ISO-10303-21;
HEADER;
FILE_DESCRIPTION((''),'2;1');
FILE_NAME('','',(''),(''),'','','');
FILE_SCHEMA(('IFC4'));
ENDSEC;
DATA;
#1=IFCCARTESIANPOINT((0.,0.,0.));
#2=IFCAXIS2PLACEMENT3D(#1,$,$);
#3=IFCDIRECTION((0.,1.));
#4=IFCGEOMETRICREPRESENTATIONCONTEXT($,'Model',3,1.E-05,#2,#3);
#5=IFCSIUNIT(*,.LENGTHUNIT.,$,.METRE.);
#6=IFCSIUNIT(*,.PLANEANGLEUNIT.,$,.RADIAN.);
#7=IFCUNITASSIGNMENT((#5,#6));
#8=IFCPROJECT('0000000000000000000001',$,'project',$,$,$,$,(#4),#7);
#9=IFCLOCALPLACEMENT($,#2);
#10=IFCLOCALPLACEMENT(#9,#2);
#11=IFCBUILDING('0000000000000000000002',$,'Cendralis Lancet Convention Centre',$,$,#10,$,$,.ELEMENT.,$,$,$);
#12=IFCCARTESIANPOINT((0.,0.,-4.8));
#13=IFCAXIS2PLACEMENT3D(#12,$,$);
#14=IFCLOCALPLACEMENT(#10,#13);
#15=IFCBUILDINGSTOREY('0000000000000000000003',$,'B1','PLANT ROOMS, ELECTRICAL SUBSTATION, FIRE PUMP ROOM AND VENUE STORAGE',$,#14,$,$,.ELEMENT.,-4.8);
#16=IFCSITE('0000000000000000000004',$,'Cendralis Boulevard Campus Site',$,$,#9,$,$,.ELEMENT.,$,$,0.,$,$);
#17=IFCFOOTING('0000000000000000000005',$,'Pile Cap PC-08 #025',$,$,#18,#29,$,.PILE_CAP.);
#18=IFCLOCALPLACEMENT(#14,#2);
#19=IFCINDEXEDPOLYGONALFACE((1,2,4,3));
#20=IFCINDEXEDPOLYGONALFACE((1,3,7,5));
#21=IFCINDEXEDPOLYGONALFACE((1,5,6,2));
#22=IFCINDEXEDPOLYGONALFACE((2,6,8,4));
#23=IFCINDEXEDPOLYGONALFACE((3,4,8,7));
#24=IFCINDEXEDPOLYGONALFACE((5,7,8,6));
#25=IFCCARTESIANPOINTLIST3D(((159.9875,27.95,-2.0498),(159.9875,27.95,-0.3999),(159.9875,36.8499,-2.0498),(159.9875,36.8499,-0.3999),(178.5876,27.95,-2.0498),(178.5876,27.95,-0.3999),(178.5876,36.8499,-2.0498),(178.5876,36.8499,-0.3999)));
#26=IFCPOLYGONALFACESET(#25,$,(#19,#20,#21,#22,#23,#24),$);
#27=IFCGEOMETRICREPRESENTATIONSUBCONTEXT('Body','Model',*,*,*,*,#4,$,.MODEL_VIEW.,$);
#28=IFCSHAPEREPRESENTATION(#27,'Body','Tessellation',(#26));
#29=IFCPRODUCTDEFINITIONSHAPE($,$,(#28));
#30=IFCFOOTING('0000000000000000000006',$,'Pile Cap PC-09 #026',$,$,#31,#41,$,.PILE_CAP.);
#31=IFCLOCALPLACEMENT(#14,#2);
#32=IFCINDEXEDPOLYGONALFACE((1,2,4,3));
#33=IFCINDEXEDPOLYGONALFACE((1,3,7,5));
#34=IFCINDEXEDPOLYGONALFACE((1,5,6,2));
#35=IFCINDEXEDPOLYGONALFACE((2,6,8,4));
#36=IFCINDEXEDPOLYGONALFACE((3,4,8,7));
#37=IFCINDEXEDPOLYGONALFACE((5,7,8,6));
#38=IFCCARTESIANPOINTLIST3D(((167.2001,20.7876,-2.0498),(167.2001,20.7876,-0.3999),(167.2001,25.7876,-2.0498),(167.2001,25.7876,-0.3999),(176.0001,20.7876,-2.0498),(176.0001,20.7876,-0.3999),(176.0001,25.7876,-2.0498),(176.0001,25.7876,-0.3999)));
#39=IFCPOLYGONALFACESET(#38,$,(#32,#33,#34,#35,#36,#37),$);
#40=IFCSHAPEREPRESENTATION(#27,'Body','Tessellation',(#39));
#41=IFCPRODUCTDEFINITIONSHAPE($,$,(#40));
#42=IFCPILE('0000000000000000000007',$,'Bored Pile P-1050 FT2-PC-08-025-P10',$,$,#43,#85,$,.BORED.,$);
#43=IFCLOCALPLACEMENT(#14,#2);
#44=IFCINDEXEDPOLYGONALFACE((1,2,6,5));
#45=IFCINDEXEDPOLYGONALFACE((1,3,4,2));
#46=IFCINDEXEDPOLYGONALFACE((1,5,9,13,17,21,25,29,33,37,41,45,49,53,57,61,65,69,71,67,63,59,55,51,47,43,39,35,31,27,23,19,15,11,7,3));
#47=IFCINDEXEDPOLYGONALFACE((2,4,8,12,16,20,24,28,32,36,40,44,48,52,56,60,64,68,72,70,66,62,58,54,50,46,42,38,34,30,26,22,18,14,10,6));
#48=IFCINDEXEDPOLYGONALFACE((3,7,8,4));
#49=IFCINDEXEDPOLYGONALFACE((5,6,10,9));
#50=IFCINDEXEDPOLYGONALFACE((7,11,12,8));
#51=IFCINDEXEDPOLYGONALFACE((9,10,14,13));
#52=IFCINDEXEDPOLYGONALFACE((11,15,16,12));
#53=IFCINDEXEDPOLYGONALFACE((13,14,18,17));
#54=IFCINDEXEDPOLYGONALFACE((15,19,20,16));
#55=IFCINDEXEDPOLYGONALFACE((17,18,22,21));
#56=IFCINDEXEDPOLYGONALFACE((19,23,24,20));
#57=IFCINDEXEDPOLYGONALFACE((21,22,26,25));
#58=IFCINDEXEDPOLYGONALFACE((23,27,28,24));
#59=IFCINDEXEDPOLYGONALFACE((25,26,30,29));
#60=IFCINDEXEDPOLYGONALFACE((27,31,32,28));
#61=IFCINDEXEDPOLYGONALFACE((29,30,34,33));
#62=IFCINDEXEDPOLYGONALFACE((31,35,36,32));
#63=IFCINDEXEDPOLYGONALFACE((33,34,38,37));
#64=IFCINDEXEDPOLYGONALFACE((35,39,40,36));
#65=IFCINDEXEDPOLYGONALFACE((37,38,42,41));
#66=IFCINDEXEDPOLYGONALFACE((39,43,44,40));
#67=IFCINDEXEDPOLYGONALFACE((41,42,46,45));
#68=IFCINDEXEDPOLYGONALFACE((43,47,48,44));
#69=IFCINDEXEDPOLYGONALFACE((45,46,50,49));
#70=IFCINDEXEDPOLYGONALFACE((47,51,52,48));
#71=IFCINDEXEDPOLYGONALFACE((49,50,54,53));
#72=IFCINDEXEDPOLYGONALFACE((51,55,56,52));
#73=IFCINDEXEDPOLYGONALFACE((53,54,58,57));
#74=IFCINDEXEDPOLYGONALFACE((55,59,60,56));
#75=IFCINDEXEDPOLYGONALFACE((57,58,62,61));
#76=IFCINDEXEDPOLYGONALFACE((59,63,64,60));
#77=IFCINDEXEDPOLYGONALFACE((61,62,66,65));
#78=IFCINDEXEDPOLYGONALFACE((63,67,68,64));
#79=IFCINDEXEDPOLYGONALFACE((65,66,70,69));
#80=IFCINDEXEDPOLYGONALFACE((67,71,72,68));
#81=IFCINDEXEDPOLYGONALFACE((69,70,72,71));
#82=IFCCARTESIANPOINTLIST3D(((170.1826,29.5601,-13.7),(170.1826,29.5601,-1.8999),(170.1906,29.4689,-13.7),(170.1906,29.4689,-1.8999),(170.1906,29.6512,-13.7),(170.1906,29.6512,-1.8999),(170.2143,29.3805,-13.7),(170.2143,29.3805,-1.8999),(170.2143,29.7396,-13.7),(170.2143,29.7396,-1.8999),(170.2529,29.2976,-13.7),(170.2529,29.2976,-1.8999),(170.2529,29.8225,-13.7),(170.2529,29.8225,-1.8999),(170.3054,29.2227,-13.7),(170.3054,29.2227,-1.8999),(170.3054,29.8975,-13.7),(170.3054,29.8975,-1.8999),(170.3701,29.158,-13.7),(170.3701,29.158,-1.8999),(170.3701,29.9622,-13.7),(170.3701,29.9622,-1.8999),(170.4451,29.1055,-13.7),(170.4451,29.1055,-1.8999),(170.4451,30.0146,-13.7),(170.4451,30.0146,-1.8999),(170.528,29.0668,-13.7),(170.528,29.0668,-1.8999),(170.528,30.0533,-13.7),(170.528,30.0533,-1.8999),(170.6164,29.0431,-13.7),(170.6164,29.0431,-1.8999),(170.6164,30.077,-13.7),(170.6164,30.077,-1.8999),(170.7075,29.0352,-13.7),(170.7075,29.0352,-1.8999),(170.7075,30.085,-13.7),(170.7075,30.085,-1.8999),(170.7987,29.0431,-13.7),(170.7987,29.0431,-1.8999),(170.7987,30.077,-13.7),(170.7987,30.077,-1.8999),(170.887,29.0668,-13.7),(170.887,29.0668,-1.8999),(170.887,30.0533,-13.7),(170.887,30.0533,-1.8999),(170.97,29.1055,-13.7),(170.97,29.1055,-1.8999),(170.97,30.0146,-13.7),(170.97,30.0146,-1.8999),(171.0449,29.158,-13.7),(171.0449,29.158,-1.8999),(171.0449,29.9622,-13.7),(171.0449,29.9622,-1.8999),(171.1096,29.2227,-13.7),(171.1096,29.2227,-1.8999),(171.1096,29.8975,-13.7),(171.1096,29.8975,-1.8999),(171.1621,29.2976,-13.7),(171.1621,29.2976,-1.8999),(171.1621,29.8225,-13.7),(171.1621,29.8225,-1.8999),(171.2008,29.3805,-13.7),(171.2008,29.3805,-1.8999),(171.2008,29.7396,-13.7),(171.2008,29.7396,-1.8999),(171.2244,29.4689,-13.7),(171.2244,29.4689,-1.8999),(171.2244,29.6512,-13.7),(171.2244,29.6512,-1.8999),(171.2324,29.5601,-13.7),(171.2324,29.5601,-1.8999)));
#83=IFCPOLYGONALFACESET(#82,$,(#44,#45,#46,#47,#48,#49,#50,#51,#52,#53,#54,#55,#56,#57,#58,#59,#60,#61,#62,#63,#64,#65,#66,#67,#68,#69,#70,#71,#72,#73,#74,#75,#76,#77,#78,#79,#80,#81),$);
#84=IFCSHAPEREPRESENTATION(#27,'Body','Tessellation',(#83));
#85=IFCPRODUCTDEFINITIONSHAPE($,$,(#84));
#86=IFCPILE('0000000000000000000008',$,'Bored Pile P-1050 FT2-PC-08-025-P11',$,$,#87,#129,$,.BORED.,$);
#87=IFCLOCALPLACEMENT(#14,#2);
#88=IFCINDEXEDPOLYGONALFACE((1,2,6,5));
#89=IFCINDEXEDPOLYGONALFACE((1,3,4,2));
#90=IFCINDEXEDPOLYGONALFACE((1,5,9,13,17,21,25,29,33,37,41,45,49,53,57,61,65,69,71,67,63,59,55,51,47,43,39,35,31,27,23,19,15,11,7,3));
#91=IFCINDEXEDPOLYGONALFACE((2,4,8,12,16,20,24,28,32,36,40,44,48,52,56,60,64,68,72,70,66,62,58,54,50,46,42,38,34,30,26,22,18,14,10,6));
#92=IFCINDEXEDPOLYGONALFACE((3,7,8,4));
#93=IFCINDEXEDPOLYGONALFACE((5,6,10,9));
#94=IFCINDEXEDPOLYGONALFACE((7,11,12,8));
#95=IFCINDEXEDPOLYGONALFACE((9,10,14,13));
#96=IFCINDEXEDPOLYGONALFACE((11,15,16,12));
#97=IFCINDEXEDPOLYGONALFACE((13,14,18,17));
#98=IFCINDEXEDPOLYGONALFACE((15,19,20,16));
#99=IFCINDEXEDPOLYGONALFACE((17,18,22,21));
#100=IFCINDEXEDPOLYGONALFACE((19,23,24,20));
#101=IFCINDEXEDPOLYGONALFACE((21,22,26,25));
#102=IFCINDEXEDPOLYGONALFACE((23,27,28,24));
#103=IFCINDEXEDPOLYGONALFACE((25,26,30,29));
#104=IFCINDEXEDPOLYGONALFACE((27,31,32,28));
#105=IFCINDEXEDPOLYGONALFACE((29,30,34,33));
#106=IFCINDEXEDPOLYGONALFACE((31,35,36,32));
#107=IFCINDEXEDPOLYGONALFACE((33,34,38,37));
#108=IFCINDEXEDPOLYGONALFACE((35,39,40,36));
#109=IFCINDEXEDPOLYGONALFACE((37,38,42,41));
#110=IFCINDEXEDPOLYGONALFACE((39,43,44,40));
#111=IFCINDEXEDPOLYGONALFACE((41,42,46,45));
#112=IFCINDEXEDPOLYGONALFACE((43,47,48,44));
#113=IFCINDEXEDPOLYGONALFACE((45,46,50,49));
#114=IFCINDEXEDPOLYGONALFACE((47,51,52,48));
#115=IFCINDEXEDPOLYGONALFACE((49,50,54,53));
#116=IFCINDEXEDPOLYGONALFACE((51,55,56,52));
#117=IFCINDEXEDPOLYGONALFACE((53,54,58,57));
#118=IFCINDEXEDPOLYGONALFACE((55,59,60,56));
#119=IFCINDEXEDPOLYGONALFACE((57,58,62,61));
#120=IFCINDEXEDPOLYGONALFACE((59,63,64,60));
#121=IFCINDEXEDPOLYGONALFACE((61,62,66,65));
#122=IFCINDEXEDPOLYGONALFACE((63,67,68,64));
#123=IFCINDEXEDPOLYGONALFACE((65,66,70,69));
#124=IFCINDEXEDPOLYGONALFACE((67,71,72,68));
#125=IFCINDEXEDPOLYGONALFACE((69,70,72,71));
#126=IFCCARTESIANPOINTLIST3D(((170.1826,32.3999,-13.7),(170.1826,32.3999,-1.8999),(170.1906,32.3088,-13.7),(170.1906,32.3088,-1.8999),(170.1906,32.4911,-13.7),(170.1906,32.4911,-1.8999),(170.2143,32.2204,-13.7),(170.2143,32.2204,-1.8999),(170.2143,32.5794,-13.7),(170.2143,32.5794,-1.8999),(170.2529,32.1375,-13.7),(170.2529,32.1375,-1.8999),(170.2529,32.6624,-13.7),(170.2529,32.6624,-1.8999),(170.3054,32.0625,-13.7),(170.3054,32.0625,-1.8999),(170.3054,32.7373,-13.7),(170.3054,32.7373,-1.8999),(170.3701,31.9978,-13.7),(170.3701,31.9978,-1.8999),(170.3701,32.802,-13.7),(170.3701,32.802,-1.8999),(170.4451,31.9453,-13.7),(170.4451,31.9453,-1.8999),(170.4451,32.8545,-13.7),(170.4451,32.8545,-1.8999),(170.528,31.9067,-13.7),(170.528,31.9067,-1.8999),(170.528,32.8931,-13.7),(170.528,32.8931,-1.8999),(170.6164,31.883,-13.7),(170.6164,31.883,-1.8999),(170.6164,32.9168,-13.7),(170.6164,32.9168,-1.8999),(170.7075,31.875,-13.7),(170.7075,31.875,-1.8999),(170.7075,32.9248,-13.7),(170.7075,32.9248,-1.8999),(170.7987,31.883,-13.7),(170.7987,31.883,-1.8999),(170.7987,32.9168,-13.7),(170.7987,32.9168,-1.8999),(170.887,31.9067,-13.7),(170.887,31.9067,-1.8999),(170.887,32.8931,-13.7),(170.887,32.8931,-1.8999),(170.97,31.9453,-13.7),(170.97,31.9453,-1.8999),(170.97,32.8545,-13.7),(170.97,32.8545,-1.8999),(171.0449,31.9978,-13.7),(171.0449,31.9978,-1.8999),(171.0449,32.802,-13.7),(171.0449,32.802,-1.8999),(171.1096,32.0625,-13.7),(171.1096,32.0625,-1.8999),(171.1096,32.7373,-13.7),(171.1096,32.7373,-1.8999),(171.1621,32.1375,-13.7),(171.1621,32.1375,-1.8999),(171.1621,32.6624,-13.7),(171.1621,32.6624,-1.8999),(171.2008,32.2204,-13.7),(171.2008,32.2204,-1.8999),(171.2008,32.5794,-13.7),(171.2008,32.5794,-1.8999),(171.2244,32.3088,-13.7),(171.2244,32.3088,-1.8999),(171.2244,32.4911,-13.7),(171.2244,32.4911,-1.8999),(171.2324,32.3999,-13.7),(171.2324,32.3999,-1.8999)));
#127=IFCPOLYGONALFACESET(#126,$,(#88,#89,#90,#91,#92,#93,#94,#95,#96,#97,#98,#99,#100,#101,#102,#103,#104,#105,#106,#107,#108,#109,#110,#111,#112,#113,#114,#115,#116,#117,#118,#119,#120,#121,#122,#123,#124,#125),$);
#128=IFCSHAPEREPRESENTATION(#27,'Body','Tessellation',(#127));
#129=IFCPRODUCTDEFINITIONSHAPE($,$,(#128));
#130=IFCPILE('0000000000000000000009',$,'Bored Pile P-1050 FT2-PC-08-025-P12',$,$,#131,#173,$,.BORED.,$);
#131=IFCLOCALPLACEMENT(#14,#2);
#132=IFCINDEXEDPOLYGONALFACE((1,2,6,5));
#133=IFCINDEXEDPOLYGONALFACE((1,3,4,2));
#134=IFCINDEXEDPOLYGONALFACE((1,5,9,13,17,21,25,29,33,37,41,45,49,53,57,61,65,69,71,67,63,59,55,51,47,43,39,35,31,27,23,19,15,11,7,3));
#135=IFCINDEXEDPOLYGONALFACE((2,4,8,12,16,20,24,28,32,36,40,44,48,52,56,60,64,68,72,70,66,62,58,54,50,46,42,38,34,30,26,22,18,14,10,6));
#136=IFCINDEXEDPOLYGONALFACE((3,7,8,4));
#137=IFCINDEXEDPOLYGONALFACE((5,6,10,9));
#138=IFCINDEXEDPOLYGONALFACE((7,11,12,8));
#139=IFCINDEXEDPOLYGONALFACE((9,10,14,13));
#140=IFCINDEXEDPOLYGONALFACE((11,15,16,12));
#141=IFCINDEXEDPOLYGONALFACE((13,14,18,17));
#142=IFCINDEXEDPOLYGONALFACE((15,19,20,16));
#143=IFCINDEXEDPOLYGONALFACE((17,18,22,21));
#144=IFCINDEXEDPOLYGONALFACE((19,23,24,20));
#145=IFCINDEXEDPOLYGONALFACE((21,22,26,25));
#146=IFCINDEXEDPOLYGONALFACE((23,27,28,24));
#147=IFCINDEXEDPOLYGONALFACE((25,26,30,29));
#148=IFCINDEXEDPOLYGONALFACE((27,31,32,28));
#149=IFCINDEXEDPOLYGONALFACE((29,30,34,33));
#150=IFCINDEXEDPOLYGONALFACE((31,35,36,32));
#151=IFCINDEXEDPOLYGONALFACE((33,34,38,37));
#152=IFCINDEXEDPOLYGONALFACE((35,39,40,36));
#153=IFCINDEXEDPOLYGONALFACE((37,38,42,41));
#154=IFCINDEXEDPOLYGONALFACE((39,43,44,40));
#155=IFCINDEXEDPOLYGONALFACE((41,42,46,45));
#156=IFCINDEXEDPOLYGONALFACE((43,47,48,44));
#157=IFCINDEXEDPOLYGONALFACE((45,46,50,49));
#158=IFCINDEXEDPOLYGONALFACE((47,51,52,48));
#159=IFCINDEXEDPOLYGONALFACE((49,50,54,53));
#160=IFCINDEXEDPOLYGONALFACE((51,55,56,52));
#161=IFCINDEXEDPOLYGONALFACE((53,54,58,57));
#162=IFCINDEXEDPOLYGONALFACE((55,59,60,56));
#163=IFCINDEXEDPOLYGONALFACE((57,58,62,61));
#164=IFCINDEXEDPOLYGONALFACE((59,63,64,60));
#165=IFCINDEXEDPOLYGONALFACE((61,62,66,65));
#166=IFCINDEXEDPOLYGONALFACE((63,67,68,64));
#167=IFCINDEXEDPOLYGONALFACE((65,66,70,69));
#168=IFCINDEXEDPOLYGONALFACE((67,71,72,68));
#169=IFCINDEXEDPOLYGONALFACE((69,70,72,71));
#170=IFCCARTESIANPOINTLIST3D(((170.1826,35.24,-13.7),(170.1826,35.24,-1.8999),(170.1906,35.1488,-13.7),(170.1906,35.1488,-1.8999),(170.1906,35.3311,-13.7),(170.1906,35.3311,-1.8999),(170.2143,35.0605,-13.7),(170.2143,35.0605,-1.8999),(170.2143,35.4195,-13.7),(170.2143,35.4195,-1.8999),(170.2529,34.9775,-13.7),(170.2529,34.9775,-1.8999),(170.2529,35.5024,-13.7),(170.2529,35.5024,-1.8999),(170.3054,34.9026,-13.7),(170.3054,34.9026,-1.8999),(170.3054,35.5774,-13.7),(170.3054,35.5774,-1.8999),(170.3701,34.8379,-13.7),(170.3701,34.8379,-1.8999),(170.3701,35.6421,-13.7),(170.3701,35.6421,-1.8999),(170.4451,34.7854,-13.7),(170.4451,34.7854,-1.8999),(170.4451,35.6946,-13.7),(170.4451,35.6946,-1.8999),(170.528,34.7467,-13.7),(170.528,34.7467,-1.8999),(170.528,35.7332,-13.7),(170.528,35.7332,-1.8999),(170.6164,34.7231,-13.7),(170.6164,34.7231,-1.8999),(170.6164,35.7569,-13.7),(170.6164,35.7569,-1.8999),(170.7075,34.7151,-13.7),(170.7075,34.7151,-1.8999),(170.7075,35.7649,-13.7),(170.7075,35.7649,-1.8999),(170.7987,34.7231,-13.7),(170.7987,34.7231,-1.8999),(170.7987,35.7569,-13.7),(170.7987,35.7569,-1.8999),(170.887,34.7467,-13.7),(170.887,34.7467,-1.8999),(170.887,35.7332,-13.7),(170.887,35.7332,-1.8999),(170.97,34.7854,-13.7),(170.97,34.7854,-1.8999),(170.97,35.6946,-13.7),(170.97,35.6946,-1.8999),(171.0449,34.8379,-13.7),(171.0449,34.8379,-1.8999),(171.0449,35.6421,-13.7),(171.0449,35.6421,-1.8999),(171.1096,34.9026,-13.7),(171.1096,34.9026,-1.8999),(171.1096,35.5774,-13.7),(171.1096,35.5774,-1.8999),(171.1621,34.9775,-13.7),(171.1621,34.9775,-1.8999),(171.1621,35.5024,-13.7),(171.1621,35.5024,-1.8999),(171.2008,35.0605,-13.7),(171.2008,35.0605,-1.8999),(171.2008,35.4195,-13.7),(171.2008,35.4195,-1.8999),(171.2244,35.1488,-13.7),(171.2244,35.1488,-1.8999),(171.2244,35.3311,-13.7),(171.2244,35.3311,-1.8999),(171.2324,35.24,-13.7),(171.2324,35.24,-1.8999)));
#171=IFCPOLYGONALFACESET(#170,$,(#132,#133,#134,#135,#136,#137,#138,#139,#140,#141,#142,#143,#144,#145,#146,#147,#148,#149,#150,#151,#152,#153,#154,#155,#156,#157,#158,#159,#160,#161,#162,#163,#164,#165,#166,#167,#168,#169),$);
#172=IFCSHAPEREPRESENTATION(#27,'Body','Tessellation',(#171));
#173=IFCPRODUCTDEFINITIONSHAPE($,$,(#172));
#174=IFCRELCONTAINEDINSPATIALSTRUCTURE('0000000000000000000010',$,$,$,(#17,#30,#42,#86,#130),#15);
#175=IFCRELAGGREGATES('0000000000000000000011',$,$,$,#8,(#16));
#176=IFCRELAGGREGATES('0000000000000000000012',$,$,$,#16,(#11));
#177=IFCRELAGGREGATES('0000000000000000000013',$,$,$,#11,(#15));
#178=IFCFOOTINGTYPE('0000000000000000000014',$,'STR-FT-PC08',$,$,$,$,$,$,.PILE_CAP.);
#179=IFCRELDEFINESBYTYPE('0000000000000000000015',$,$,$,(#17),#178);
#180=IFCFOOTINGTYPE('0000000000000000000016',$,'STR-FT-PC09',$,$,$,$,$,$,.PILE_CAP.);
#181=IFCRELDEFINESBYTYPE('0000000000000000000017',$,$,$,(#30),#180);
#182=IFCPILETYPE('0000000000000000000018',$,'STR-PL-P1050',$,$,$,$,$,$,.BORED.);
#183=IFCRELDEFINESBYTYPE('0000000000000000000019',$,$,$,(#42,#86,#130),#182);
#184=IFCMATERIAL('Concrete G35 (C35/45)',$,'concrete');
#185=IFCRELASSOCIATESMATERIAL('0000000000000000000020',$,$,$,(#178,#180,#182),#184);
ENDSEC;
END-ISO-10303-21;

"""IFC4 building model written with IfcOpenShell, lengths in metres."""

from ifc_helpers import new_model, si_unit, direction, frame, origin, origin_2d, place, context, subcontext, project, spatial, rectangle, circle, extrude, material, material_profile, profile_set, type_object, element, save


model = new_model("IFC4")

# Units and contexts
model_context = context("Model", 3, precision=1e-05, world=origin(), true_north=direction((0.0, 1.0)))
body_context = subcontext(model_context, "Body", "Model", "MODEL_VIEW")
ifc_project = project(units=[si_unit("LENGTHUNIT", "METRE"), si_unit("PLANEANGLEUNIT", "RADIAN")], contexts=[model_context])

# Site, building, storey
site_placement = place(None, origin())
site = spatial("IfcSite", under=ifc_project, at=site_placement, Name="Cendralis Boulevard Campus Site", CompositionType="ELEMENT", RefElevation=0.0)
building_placement = place(site_placement, origin())
building = spatial("IfcBuilding", under=site, at=building_placement, Name="Cendralis Lancet Convention Centre", CompositionType="ELEMENT")
storey_placement = place(building_placement, frame((0.0, 0.0, -4.8)))
storey = spatial("IfcBuildingStorey", under=building, at=storey_placement, Name="B1", Description="PLANT ROOMS, ELECTRICAL SUBSTATION, FIRE PUMP ROOM AND VENUE STORAGE", CompositionType="ELEMENT", Elevation=-4.8)

# Footings
ifc_material_1 = material(Name="Concrete G35 (C35/45)", Category="concrete")
footing_type_1 = type_object("IfcFootingType", Name="STR-FT-PC08", PredefinedType="PILE_CAP", material=ifc_material_1)
footing_1_placement = place(storey_placement, frame((169.2876, 32.3999, -2.0498), z_axis=(0.0, 0.0, 1.0), x_axis=(1.0, 0.0, 0.0)))
element("IfcFooting", 1, at=footing_1_placement, inside=storey, type_object=footing_type_1, Name="Pile Cap PC-08 #025", PredefinedType="PILE_CAP", context=body_context, shape_type="SweptSolid", body=[
    extrude(rectangle(XDim=18.6001, YDim=8.8999, at=origin_2d()), origin(), (0.0, 0.0, 1.0), 1.6499),
])
footing_type_2 = type_object("IfcFootingType", Name="STR-FT-PC09", PredefinedType="PILE_CAP", material=ifc_material_1)
footing_2_placement = place(storey_placement, frame((171.6001, 23.2876, -2.0498), z_axis=(0.0, 0.0, 1.0), x_axis=(1.0, 0.0, 0.0)))
element("IfcFooting", 2, at=footing_2_placement, inside=storey, type_object=footing_type_2, Name="Pile Cap PC-09 #026", PredefinedType="PILE_CAP", context=body_context, shape_type="SweptSolid", body=[
    extrude(rectangle(XDim=8.8, YDim=5.0, at=origin_2d()), origin(), (0.0, 0.0, 1.0), 1.6499),
])

# Piles
ifc_material_profile_1 = material_profile(ifc_material_1, circle(Radius=0.5249, at=origin_2d()), Name="BORED PILE D1050")
ifc_profile_set_1 = profile_set([ifc_material_profile_1], Name="Concrete G35 (C35/45)")
pile_type = type_object("IfcPileType", Name="STR-PL-P1050", PredefinedType="BORED", material=ifc_profile_set_1)
for number, where, z_axis, x_axis, name in (
    (3, (170.7075, 29.5601, -1.8999), (0.0, 0.0, -1.0), (1.0, 0.0, 0.0), "Bored Pile P-1050 FT2-PC-08-025-P10"),
    (4, (170.7075, 32.3999, -1.8999), (0.0, 0.0, -1.0), (1.0, 0.0, 0.0), "Bored Pile P-1050 FT2-PC-08-025-P11"),
    (5, (170.7075, 35.24, -1.8999), (0.0, 0.0, -1.0), (1.0, 0.0, 0.0), "Bored Pile P-1050 FT2-PC-08-025-P12"),
):
    element("IfcPile", number, at=place(storey_placement, frame(where, z_axis=z_axis, x_axis=x_axis)), inside=storey, type_object=pile_type, Name=name, PredefinedType="BORED", context=body_context, shape_type="SweptSolid", body=[
        extrude(circle(Radius=0.5249, at=origin_2d()), origin(), (0.0, 0.0, 1.0), 11.8),
    ])

save(model, "model.ifc")
